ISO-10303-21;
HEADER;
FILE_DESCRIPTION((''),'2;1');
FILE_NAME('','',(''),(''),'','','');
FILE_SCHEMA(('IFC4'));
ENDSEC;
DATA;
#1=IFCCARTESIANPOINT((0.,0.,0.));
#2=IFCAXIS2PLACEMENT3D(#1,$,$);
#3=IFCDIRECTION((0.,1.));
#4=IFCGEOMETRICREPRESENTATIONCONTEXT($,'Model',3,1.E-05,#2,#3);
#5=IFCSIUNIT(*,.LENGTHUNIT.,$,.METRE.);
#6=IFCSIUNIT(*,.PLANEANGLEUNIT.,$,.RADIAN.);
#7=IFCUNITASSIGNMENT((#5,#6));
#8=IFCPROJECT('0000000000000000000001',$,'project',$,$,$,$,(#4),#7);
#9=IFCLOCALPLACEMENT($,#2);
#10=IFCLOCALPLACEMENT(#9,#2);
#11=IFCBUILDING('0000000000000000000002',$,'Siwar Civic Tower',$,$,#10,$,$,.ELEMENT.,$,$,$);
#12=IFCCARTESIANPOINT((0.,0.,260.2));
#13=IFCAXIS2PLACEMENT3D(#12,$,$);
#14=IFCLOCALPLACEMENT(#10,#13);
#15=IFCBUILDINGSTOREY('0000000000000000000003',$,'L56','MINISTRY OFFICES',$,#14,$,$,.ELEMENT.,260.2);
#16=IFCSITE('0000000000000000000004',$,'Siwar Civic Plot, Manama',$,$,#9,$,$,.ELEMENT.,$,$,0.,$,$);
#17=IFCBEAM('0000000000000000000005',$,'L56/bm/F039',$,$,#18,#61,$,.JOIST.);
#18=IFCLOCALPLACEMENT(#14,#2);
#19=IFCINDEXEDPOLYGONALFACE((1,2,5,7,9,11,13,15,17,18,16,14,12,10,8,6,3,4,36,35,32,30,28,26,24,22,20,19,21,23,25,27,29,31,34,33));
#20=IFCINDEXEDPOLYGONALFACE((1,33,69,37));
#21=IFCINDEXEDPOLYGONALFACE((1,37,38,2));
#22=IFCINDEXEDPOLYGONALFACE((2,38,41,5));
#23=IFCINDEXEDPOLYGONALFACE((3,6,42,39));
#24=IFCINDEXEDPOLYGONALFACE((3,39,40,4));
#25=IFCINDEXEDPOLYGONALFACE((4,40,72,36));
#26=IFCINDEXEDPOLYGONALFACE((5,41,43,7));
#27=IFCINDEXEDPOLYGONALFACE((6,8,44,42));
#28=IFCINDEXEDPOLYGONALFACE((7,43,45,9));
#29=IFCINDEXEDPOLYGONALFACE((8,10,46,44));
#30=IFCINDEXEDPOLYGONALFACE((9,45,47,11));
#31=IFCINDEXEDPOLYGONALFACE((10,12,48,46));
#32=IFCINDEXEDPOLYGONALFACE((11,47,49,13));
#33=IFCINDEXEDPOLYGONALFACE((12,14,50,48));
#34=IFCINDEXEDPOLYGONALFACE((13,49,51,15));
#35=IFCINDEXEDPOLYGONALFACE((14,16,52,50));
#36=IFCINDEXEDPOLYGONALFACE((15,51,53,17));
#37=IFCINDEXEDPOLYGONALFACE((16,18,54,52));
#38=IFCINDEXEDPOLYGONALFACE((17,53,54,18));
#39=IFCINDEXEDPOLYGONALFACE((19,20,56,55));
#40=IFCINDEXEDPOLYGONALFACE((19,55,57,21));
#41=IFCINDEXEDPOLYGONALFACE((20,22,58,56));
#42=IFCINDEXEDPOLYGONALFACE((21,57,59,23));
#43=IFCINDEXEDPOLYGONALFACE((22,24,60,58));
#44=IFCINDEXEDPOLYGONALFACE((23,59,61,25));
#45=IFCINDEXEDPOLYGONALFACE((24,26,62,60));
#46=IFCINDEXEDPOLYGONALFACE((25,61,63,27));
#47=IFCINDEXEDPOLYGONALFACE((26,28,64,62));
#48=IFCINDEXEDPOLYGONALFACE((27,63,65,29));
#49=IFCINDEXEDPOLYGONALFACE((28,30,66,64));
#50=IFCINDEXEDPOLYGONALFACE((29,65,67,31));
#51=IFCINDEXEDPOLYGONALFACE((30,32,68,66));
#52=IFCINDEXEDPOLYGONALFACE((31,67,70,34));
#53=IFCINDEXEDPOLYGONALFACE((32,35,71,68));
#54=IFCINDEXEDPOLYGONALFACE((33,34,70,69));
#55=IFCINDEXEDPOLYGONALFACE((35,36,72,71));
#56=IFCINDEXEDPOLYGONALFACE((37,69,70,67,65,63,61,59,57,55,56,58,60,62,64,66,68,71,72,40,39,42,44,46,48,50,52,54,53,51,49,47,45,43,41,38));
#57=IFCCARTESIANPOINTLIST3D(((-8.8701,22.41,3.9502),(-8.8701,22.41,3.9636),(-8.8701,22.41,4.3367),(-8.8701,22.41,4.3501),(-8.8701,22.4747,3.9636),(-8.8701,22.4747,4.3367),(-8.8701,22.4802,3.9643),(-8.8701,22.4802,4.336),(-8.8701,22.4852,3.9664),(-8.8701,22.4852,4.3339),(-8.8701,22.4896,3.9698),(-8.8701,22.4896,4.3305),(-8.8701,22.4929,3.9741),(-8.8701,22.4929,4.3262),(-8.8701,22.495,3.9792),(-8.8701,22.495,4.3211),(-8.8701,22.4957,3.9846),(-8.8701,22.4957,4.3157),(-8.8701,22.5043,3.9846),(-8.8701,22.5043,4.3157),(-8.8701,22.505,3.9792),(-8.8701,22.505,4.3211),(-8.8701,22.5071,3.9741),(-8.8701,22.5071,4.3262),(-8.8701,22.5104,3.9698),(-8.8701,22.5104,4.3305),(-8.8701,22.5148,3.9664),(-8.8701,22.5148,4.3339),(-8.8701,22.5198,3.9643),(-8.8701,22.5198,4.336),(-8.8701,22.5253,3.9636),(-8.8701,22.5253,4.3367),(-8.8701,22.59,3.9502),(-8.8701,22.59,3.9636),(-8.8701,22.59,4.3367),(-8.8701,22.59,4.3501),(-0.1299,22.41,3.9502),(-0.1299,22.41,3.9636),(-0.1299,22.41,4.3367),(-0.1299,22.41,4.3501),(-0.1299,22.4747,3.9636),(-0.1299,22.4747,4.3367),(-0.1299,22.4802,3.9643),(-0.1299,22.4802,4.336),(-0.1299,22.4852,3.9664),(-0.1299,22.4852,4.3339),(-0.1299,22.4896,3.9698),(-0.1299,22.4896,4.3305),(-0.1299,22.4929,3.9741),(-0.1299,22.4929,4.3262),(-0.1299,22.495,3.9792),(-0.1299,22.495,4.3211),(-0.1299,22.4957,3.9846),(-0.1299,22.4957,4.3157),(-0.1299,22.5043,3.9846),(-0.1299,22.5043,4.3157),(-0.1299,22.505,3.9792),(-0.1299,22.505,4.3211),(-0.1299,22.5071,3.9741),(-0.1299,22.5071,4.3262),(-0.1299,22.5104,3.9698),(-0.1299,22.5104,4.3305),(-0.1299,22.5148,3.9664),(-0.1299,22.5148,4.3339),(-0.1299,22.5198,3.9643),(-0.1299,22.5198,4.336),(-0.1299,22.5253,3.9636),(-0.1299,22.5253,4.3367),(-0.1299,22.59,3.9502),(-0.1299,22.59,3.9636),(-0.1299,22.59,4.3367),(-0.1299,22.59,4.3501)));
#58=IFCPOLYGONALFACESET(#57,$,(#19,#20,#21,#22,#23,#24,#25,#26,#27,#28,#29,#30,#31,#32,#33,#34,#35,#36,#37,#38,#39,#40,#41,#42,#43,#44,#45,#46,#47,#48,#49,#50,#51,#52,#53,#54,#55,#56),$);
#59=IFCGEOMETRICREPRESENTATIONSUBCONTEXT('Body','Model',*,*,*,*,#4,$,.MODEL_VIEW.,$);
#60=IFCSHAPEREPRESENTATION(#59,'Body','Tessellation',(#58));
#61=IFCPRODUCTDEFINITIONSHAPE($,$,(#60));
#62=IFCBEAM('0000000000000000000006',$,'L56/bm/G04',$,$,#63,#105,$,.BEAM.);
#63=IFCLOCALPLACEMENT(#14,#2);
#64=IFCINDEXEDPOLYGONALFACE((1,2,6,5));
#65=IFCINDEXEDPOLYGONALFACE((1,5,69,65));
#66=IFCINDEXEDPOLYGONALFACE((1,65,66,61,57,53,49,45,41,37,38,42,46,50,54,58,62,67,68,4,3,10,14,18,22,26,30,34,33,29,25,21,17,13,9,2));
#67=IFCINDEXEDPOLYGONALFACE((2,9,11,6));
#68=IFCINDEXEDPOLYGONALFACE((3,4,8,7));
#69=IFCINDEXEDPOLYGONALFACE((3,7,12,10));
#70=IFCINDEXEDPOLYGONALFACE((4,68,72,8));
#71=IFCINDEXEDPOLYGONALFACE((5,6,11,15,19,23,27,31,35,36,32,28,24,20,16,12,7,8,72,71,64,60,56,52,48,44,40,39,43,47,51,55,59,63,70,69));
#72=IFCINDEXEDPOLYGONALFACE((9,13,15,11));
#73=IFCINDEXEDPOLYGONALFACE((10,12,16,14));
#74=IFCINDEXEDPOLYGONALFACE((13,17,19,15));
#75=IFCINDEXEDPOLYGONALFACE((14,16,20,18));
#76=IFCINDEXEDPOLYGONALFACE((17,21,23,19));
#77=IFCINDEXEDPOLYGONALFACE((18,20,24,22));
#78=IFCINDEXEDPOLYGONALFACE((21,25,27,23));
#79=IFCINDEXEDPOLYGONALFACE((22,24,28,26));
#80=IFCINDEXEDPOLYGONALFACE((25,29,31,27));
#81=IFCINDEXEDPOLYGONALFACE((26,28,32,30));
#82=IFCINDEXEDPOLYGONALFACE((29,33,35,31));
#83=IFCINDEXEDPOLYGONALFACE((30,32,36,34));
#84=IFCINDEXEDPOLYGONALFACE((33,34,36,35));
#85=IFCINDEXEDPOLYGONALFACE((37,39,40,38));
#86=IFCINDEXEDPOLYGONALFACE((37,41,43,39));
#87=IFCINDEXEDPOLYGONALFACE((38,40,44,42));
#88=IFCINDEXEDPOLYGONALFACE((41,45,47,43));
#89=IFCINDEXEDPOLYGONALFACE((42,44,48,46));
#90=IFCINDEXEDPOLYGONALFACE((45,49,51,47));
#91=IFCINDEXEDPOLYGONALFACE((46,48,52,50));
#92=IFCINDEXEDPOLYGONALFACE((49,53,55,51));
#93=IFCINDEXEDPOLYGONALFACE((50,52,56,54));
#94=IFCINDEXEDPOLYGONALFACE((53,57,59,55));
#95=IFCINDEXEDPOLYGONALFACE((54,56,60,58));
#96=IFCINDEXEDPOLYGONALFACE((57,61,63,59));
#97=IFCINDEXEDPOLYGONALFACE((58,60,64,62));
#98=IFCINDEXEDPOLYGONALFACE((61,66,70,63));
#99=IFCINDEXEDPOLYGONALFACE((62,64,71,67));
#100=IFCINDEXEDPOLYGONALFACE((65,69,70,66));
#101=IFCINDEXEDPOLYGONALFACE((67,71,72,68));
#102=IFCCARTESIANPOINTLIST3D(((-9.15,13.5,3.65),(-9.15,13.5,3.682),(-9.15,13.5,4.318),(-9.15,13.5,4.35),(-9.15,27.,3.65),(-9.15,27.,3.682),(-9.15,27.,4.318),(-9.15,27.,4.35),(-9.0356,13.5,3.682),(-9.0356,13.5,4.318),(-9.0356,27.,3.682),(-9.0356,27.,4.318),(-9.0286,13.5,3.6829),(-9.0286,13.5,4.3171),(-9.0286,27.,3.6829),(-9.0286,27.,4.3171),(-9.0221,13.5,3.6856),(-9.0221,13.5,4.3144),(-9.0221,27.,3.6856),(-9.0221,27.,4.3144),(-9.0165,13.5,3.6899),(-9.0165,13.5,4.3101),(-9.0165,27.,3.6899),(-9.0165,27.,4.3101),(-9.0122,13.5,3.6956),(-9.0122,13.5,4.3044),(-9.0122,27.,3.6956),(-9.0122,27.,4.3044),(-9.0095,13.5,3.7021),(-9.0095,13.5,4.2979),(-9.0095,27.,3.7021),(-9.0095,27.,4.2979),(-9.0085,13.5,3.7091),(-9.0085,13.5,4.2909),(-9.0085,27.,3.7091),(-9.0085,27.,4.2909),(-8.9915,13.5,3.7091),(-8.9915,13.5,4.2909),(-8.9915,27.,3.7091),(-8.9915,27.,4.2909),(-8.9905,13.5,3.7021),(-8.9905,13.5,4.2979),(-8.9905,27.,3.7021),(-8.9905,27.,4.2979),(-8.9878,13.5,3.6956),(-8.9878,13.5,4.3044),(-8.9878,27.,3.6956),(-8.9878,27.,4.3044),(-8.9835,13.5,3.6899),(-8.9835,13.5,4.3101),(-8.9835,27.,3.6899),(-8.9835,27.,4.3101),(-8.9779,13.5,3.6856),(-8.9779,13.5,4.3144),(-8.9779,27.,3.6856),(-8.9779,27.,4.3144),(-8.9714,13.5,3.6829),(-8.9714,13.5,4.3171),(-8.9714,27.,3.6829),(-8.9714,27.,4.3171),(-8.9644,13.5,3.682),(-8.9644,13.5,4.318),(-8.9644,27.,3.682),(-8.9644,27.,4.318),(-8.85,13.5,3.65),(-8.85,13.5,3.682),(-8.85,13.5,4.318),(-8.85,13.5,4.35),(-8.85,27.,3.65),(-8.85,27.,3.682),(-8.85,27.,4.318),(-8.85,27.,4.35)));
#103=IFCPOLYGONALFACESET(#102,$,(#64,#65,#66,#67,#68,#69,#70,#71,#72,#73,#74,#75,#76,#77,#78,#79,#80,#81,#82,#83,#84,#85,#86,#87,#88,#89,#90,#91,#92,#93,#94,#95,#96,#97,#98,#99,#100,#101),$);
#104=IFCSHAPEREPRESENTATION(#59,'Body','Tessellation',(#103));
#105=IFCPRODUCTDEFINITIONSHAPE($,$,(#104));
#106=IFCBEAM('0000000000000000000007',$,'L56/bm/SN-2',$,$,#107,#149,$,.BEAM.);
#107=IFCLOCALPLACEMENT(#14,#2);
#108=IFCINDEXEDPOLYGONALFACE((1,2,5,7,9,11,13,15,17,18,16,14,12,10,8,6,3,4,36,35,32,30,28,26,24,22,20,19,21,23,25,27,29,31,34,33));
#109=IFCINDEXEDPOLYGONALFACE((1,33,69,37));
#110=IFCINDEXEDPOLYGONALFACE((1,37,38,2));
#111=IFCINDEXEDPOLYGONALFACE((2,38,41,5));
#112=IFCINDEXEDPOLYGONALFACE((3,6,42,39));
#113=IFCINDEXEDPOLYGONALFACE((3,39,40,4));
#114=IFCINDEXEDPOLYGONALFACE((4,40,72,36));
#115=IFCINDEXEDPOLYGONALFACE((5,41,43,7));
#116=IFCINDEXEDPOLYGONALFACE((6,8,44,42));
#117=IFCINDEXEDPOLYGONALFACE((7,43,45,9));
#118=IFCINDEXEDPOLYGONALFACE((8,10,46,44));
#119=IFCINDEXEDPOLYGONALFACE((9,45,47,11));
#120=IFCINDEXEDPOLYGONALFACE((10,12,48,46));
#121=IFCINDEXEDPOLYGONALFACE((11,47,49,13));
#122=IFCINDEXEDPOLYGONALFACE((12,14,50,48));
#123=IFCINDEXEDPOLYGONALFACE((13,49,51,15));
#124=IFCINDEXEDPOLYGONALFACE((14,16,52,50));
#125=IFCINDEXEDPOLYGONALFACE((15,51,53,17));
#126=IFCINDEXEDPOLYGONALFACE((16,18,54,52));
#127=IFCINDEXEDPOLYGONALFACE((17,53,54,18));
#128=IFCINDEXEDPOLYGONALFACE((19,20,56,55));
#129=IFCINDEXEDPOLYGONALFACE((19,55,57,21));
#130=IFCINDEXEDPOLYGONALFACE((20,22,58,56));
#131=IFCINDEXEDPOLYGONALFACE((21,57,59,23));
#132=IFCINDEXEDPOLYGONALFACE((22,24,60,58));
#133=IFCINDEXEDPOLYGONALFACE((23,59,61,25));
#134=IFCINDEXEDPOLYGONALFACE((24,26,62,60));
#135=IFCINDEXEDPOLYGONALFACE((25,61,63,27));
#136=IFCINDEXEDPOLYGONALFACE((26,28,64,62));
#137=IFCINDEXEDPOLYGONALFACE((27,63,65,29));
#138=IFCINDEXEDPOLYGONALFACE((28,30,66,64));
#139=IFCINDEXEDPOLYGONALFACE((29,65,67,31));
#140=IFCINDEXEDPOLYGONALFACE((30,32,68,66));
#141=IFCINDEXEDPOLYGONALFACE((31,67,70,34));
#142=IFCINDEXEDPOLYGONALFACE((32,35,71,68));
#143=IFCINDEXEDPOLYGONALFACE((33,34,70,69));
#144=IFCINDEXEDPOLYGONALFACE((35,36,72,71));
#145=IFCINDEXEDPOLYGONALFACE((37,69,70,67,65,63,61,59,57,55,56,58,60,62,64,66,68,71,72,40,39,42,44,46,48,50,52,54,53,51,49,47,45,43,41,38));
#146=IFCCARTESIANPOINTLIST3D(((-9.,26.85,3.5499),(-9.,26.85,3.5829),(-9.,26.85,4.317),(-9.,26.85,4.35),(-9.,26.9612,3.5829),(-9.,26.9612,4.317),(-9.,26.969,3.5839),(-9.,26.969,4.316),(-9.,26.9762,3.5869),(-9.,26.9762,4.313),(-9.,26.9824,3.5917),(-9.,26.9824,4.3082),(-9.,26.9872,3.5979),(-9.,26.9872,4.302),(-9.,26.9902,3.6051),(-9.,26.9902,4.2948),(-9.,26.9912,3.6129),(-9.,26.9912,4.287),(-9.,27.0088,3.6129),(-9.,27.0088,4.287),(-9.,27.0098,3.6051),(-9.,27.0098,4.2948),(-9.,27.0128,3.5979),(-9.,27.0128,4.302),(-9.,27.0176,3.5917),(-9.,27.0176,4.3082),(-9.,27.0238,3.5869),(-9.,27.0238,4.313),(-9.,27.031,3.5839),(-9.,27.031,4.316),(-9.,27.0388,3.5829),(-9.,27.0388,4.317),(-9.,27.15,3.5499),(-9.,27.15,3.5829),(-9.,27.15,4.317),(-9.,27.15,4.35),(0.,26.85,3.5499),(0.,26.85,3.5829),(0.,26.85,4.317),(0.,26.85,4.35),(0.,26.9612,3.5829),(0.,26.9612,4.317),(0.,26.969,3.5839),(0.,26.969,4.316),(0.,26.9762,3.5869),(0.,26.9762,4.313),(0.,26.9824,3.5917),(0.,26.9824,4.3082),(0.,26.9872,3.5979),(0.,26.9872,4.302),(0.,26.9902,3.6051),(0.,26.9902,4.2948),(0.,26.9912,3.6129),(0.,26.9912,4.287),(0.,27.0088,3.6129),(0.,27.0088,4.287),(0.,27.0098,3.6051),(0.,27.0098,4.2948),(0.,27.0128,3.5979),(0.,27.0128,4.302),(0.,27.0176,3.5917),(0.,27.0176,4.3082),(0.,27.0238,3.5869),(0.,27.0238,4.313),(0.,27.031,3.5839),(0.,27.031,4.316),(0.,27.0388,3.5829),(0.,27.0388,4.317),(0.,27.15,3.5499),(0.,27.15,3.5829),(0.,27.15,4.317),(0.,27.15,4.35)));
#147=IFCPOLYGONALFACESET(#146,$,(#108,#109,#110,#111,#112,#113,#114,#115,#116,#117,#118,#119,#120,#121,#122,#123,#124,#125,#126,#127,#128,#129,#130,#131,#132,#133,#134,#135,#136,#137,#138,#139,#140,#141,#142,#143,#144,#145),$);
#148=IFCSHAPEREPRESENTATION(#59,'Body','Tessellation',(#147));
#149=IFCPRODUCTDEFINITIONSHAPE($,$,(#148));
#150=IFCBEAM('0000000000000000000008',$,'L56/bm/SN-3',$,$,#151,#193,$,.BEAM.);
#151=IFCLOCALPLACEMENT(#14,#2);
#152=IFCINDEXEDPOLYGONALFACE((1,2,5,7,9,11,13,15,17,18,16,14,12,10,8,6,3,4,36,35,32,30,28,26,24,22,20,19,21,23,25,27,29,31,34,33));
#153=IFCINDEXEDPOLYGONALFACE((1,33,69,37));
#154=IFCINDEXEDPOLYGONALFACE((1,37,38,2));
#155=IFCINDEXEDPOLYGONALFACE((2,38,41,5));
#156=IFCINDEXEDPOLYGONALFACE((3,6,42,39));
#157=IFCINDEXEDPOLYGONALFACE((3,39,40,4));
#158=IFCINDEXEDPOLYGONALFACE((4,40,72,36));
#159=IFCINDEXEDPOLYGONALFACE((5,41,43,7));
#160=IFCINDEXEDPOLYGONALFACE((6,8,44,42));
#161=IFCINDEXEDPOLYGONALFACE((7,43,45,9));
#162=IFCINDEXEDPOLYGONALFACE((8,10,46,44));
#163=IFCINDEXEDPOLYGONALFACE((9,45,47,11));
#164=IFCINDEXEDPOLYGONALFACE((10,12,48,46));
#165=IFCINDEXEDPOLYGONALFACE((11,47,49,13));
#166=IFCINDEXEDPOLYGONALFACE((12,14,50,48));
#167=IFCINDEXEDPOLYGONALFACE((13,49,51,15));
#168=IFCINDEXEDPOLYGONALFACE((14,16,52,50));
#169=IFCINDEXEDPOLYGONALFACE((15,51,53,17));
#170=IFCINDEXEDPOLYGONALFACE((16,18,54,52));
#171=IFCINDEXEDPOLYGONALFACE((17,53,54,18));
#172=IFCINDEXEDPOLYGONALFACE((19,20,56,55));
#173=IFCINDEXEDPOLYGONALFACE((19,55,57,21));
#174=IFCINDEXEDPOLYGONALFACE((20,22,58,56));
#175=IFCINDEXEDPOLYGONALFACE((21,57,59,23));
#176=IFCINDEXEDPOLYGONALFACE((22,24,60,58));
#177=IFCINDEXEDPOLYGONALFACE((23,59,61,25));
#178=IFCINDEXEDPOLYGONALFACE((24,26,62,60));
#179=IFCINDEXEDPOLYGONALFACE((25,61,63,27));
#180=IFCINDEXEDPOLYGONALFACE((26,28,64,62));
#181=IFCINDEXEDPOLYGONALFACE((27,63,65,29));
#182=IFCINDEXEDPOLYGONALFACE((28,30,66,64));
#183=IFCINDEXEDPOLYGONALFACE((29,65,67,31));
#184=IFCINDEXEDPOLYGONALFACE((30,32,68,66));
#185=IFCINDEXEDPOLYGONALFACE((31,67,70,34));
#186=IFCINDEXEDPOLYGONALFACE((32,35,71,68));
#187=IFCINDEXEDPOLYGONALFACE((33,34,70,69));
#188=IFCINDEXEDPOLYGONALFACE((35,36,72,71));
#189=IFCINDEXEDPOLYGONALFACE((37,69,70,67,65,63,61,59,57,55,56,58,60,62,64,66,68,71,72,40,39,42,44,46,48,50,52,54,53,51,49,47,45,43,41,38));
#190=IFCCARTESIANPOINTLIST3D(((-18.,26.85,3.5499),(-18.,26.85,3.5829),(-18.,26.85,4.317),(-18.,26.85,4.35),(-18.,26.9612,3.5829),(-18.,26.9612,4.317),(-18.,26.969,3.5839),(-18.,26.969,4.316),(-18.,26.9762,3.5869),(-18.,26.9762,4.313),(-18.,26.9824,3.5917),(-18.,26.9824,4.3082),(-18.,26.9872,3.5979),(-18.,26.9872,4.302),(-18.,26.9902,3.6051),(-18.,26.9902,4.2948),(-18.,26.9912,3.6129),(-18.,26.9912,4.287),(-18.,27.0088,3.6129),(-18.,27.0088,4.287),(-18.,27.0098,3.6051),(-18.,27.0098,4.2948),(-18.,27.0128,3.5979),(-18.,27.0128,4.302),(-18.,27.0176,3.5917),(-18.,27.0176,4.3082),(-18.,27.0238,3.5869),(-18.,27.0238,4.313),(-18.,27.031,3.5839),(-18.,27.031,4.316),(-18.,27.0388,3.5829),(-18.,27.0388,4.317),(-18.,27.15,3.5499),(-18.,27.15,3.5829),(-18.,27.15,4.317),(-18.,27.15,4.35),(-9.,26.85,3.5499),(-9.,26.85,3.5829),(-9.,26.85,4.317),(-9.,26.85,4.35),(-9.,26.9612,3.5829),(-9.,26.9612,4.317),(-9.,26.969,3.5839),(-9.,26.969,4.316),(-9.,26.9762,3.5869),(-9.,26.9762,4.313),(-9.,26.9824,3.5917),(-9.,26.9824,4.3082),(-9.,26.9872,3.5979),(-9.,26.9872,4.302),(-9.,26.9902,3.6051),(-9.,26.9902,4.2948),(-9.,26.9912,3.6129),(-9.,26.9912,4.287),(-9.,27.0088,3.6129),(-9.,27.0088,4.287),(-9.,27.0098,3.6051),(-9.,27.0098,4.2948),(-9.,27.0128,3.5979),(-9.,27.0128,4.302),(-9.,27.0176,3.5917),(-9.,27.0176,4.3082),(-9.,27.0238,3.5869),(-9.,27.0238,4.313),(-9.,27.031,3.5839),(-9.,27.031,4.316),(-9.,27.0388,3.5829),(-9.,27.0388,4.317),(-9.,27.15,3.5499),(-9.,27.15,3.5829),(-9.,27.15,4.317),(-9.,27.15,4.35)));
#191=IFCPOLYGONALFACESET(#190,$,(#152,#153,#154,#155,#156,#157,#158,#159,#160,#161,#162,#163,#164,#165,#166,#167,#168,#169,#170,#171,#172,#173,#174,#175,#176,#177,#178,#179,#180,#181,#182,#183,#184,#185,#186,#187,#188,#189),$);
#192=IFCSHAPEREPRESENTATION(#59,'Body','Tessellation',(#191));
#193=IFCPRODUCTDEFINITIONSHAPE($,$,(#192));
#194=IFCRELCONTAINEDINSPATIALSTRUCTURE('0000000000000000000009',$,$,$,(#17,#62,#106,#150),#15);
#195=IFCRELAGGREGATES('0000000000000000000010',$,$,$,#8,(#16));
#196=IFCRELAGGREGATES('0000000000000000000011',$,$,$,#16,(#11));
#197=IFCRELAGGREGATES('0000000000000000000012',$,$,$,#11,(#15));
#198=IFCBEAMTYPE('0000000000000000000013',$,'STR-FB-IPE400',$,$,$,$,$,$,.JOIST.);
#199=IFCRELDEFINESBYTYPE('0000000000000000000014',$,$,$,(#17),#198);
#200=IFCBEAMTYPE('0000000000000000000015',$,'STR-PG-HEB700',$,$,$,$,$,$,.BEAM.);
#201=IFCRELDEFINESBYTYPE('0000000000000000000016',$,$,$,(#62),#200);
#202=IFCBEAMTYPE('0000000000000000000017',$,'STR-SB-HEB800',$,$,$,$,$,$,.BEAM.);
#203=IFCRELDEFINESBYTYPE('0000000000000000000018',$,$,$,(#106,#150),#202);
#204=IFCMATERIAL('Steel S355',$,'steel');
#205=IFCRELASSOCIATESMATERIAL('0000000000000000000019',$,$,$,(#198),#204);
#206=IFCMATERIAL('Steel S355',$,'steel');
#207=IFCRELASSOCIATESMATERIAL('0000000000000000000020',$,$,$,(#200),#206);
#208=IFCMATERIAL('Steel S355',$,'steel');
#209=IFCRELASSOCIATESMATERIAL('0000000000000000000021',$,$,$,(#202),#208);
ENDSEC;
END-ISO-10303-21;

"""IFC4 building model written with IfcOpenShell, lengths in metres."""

from ifc_helpers import new_model, si_unit, direction, frame, origin, origin_2d, place, context, subcontext, project, spatial, i_section, extrude, material, material_profile, profile_set, type_object, element, save


model = new_model("IFC4")

# Units and contexts
model_context = context("Model", 3, precision=1e-05, world=origin(), true_north=direction((0.0, 1.0)))
body_context = subcontext(model_context, "Body", "Model", "MODEL_VIEW")
ifc_project = project(units=[si_unit("LENGTHUNIT", "METRE"), si_unit("PLANEANGLEUNIT", "RADIAN")], contexts=[model_context])

# Site, building, storey
site_placement = place(None, origin())
site = spatial("IfcSite", under=ifc_project, at=site_placement, Name="Siwar Civic Plot, Manama", CompositionType="ELEMENT", RefElevation=0.0)
building_placement = place(site_placement, origin())
building = spatial("IfcBuilding", under=site, at=building_placement, Name="Siwar Civic Tower", CompositionType="ELEMENT")
storey_placement = place(building_placement, frame((0.0, 0.0, 260.2)))
storey = spatial("IfcBuildingStorey", under=building, at=storey_placement, Name="L56", Description="MINISTRY OFFICES", CompositionType="ELEMENT", Elevation=260.2)

# Beams
ifc_material_1 = material(Name="Steel S355", Category="steel")
ifc_material_profile_1 = material_profile(ifc_material_1, i_section(OverallWidth=0.1799, OverallDepth=0.3999, WebThickness=0.0085, FlangeThickness=0.0134, FilletRadius=0.021, at=origin_2d()), Name="IPE400")
ifc_profile_set_1 = profile_set([ifc_material_profile_1], Name="Steel S355")
beam_type_1 = type_object("IfcBeamType", Name="STR-FB-IPE400", PredefinedType="JOIST", material=ifc_profile_set_1)
for number, where, z_axis, x_axis, name in (
    (1, (-8.8701, 22.5, 4.1501), (1.0, 0.0, 0.0), (0.0, 1.0, 0.0), "L56/bm/F039"),
):
    element("IfcBeam", number, at=place(storey_placement, frame(where, z_axis=z_axis, x_axis=x_axis)), inside=storey, type_object=beam_type_1, Name=name, PredefinedType="JOIST", context=body_context, shape_type="SweptSolid", body=[
        extrude(i_section(OverallWidth=0.1799, OverallDepth=0.3999, WebThickness=0.0085, FlangeThickness=0.0134, FilletRadius=0.021, at=origin_2d()), origin(), (0.0, 0.0, 1.0), 8.7402),
    ])
ifc_material_2 = material(Name="Steel S355", Category="steel")
ifc_material_profile_2 = material_profile(ifc_material_2, i_section(OverallWidth=0.3, OverallDepth=0.7, WebThickness=0.0171, FlangeThickness=0.032, FilletRadius=0.0271, at=origin_2d()), Name="HEB700")
ifc_profile_set_2 = profile_set([ifc_material_profile_2], Name="Steel S355")
beam_type_2 = type_object("IfcBeamType", Name="STR-PG-HEB700", PredefinedType="BEAM", material=ifc_profile_set_2)
beam_1_placement = place(storey_placement, frame((-9.0, 13.5, 4.0), z_axis=(0.0, 1.0, 0.0), x_axis=(-1.0, 0.0, 0.0)))
element("IfcBeam", 2, at=beam_1_placement, inside=storey, type_object=beam_type_2, Name="L56/bm/G04", PredefinedType="BEAM", context=body_context, shape_type="SweptSolid", body=[
    extrude(i_section(OverallWidth=0.3, OverallDepth=0.7, WebThickness=0.0171, FlangeThickness=0.032, FilletRadius=0.0271, at=origin_2d()), origin(), (0.0, 0.0, 1.0), 13.5),
])
ifc_material_3 = material(Name="Steel S355", Category="steel")
ifc_material_profile_3 = material_profile(ifc_material_3, i_section(OverallWidth=0.3, OverallDepth=0.8, WebThickness=0.0176, FlangeThickness=0.033, FilletRadius=0.03, at=origin_2d()), Name="HEB800")
ifc_profile_set_3 = profile_set([ifc_material_profile_3], Name="Steel S355")
beam_type_3 = type_object("IfcBeamType", Name="STR-SB-HEB800", PredefinedType="BEAM", material=ifc_profile_set_3)
for number, where, z_axis, x_axis, name in (
    (3, (0.0, 27.0, 3.95), (-1.0, 0.0, 0.0), (0.0, -1.0, 0.0), "L56/bm/SN-2"),
    (4, (-9.0, 27.0, 3.95), (-1.0, 0.0, 0.0), (0.0, -1.0, 0.0), "L56/bm/SN-3"),
):
    element("IfcBeam", number, at=place(storey_placement, frame(where, z_axis=z_axis, x_axis=x_axis)), inside=storey, type_object=beam_type_3, Name=name, PredefinedType="BEAM", context=body_context, shape_type="SweptSolid", body=[
        extrude(i_section(OverallWidth=0.3, OverallDepth=0.8, WebThickness=0.0176, FlangeThickness=0.033, FilletRadius=0.03, at=origin_2d()), origin(), (0.0, 0.0, 1.0), 9.0),
    ])

save(model, "model.ifc")
